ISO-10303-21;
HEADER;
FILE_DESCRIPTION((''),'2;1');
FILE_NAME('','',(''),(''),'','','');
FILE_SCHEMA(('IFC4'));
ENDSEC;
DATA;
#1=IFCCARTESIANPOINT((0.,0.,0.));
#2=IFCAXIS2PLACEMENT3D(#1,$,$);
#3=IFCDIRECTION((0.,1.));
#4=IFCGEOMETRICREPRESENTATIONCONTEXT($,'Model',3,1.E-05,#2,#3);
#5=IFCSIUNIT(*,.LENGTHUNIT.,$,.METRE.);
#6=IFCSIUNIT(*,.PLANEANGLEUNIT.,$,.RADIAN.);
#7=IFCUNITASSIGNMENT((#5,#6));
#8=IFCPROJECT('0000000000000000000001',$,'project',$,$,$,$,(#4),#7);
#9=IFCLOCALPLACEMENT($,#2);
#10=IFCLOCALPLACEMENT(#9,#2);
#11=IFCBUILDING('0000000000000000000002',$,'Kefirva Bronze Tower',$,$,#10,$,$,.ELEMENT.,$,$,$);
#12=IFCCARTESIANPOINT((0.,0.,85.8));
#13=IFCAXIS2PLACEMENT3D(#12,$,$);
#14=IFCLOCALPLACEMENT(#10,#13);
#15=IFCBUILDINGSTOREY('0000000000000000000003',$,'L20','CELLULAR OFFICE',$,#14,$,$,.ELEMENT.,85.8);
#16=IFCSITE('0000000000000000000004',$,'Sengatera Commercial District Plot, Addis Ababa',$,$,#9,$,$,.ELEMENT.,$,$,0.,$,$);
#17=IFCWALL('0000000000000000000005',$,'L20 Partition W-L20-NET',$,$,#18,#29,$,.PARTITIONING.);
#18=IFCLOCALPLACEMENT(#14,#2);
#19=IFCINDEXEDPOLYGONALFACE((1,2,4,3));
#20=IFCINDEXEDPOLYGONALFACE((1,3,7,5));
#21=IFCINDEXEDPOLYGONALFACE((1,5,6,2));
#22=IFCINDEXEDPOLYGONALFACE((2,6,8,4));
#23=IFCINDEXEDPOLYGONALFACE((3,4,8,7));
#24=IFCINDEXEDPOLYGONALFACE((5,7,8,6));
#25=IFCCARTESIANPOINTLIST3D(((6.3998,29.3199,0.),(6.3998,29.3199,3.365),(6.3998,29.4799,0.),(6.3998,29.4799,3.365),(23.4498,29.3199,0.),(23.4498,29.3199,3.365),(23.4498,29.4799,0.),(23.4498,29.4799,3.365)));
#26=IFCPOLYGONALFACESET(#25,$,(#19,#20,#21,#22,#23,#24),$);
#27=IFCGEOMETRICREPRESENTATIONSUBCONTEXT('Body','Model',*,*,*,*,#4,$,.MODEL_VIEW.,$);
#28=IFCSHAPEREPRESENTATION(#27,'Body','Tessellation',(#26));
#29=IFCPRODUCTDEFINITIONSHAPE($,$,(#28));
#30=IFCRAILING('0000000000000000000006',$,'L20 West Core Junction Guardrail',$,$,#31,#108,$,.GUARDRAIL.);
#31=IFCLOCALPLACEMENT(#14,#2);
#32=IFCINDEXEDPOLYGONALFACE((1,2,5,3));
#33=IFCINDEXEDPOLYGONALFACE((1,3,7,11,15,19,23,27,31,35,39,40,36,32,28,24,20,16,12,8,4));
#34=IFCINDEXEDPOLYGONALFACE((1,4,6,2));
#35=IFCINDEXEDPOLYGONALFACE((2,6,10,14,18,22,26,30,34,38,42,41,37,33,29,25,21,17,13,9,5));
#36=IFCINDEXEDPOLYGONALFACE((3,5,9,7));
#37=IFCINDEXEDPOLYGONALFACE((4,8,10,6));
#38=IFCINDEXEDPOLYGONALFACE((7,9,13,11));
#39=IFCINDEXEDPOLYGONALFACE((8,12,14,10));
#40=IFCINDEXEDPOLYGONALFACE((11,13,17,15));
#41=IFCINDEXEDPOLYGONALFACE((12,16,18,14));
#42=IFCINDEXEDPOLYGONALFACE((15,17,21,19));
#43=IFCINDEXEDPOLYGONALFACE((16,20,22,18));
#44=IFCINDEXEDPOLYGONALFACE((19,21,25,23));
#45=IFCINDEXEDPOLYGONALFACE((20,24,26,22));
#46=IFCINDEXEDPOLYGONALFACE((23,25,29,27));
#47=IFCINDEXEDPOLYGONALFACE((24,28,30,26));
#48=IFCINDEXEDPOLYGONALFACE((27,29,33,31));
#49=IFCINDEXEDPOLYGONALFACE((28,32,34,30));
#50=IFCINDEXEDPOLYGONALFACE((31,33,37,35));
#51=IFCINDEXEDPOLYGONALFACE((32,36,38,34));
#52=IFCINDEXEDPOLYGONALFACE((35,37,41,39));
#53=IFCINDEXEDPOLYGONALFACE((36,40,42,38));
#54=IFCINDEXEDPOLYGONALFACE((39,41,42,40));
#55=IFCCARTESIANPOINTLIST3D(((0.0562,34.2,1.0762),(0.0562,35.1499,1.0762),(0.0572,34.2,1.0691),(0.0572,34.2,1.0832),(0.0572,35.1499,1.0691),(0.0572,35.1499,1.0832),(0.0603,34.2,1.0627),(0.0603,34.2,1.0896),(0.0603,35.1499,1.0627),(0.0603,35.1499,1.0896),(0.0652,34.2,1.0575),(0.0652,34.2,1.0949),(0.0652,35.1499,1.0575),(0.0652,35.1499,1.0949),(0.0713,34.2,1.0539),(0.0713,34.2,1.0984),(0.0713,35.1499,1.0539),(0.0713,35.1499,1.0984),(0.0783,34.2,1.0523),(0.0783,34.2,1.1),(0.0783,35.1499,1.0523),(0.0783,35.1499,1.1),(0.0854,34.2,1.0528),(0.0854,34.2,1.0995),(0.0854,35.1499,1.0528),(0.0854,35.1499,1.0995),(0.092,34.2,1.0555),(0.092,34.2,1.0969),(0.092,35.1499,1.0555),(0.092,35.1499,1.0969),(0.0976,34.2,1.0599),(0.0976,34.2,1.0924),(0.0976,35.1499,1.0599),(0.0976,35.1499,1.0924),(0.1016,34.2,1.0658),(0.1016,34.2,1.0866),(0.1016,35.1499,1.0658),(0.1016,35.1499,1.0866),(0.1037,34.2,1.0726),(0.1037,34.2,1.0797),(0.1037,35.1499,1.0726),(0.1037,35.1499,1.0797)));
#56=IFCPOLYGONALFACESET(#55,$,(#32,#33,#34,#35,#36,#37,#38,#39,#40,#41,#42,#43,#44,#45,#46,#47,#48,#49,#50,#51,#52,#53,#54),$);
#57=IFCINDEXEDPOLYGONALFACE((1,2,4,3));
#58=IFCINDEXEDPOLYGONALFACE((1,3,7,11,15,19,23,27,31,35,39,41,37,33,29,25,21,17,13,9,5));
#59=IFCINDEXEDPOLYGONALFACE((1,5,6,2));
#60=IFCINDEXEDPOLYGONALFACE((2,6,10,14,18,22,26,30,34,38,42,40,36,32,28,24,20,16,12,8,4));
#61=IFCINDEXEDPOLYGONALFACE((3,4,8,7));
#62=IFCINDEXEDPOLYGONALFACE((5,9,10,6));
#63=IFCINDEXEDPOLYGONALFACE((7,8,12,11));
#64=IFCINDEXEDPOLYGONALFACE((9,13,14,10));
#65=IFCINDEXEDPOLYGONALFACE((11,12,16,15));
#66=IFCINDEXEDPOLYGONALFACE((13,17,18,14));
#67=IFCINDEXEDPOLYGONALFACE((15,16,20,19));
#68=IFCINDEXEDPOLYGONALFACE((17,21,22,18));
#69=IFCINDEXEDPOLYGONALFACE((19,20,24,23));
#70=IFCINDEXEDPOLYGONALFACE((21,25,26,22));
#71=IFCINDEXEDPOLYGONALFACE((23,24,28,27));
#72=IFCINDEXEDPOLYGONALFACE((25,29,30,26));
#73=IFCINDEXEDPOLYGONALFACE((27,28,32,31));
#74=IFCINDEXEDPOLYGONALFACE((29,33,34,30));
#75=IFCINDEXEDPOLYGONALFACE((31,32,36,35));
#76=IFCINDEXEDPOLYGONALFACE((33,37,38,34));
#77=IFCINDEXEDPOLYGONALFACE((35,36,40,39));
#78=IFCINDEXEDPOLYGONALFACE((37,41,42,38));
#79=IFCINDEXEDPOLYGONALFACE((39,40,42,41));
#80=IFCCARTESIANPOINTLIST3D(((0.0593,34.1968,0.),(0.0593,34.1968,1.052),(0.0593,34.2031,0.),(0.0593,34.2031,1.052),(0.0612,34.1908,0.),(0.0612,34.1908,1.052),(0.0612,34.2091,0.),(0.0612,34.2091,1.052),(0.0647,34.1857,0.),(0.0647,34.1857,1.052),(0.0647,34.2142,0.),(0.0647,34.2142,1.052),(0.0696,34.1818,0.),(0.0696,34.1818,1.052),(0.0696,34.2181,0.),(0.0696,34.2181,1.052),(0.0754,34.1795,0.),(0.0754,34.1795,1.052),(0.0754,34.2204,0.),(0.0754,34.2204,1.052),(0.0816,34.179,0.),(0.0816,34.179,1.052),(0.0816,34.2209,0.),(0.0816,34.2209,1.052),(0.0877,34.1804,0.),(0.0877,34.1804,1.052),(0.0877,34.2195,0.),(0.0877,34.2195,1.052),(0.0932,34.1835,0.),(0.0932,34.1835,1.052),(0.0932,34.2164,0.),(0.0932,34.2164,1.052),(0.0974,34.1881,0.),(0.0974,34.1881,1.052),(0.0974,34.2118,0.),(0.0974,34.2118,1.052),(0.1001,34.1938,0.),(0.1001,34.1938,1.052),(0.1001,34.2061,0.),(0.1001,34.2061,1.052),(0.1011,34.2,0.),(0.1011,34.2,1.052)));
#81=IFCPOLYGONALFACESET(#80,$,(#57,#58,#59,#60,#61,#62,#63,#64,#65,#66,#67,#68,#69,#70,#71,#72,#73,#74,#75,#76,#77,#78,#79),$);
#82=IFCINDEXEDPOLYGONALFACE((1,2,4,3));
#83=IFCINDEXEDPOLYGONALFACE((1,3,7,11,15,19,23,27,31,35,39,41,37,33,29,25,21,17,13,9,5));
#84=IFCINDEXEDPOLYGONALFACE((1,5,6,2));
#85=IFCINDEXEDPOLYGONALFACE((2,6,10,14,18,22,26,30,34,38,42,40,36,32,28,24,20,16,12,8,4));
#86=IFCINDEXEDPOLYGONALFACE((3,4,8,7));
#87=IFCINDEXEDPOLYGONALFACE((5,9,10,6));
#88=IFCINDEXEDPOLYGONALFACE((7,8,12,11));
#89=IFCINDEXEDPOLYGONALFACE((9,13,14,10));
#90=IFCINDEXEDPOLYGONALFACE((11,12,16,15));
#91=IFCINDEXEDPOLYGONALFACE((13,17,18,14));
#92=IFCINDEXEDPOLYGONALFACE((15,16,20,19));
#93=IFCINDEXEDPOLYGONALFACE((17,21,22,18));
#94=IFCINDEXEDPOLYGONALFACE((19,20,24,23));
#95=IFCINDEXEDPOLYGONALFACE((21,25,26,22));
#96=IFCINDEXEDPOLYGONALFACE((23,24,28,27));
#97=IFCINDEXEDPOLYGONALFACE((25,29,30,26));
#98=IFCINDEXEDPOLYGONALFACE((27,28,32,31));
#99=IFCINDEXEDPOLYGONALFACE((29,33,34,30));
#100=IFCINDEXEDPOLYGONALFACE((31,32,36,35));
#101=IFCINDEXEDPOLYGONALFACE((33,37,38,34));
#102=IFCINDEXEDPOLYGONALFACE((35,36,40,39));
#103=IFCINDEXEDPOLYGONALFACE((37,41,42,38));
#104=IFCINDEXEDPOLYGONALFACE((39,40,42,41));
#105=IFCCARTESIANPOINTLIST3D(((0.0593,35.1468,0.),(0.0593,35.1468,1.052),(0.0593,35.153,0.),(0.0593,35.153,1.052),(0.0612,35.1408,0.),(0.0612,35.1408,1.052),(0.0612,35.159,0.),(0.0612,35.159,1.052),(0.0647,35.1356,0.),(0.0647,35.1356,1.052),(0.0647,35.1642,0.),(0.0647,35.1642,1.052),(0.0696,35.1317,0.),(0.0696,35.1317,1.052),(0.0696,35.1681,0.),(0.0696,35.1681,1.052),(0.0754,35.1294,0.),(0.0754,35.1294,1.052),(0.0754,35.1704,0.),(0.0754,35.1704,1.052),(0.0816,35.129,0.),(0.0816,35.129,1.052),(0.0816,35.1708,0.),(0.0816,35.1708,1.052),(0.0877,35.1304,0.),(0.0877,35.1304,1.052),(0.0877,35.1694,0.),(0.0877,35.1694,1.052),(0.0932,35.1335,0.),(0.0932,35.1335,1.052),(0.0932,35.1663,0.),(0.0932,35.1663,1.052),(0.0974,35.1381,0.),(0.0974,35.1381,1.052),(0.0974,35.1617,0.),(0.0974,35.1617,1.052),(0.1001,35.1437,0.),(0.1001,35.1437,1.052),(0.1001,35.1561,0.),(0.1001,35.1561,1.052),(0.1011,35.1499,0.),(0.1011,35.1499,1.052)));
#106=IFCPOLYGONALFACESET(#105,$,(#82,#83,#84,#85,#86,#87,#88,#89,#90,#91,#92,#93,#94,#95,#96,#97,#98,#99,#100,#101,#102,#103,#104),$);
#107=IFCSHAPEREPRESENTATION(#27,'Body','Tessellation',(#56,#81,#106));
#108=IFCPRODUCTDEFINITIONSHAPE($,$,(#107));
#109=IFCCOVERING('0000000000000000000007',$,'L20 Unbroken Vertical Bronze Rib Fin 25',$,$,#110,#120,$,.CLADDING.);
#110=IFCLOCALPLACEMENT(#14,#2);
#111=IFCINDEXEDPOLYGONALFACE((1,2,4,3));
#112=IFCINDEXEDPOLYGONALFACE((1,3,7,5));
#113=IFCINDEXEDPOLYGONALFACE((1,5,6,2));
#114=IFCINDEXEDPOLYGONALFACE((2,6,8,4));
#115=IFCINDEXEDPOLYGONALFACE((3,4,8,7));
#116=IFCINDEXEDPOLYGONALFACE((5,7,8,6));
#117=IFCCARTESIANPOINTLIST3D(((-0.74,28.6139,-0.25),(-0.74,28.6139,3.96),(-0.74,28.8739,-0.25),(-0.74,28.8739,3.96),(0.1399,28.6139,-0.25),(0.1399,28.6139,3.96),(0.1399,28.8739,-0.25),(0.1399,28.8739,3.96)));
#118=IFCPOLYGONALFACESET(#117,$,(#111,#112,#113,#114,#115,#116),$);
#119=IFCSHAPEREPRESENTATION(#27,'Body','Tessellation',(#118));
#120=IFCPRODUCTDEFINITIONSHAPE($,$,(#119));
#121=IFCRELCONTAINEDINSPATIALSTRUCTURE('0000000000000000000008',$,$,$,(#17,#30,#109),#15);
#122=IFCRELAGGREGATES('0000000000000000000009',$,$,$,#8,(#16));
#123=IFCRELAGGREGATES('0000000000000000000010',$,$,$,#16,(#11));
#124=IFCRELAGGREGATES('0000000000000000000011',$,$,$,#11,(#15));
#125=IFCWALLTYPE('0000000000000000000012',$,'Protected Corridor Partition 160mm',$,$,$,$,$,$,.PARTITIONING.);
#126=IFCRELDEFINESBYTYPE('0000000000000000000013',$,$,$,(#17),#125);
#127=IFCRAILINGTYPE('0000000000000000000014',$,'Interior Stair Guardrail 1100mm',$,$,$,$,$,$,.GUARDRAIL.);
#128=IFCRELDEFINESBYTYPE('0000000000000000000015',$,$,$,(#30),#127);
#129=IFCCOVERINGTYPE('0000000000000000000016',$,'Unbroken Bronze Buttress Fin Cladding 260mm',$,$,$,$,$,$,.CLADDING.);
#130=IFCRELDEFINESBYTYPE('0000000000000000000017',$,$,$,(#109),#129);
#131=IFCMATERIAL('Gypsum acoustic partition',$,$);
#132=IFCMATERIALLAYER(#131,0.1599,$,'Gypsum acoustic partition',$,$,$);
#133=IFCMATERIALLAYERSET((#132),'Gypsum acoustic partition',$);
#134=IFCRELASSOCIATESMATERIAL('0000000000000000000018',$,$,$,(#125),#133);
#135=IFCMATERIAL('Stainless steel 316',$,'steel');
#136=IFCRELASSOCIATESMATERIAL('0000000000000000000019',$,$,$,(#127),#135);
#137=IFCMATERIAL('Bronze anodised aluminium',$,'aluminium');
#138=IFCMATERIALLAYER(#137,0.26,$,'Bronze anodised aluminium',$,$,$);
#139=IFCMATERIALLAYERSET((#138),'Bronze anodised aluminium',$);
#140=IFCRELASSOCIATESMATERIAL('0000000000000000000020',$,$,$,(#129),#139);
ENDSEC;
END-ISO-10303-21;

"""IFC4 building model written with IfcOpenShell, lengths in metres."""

from ifc_helpers import new_model, si_unit, direction, frame, frame_2d, origin, origin_2d, place, context, subcontext, project, spatial, rectangle, circle, extrude, material, layer, layer_set, type_object, element, save


model = new_model("IFC4")

# Units and contexts
model_context = context("Model", 3, precision=1e-05, world=origin(), true_north=direction((0.0, 1.0)))
body_context = subcontext(model_context, "Body", "Model", "MODEL_VIEW")
ifc_project = project(units=[si_unit("LENGTHUNIT", "METRE"), si_unit("PLANEANGLEUNIT", "RADIAN")], contexts=[model_context])

# Site, building, storey
site_placement = place(None, origin())
site = spatial("IfcSite", under=ifc_project, at=site_placement, Name="Sengatera Commercial District Plot, Addis Ababa", CompositionType="ELEMENT", RefElevation=0.0)
building_placement = place(site_placement, origin())
building = spatial("IfcBuilding", under=site, at=building_placement, Name="Kefirva Bronze Tower", CompositionType="ELEMENT")
storey_placement = place(building_placement, frame((0.0, 0.0, 85.8)))
storey = spatial("IfcBuildingStorey", under=building, at=storey_placement, Name="L20", Description="CELLULAR OFFICE", CompositionType="ELEMENT", Elevation=85.8)

# Shared definitions
ifc_material_1 = material(Name="Bronze anodised aluminium", Category="aluminium")

# Wall
ifc_material_2 = material(Name="Gypsum acoustic partition")
ifc_layer_1 = layer(ifc_material_2, 0.1599, Name="Gypsum acoustic partition")
ifc_layer_set_1 = layer_set([ifc_layer_1], Name="Gypsum acoustic partition")
wall_type_1 = type_object("IfcWallType", Name="Protected Corridor Partition 160mm", PredefinedType="PARTITIONING", material=ifc_layer_set_1)
wall_1_placement = place(storey_placement, frame((6.3999, 29.3999, 0.0), z_axis=(0.0, 0.0, 1.0), x_axis=(1.0, 0.0, 0.0)))
element("IfcWall", 1, at=wall_1_placement, inside=storey, type_object=wall_type_1, Name="L20 Partition W-L20-NET", PredefinedType="PARTITIONING", context=body_context, shape_type="SweptSolid", body=[
    extrude(rectangle(XDim=17.05, YDim=0.1599, at=frame_2d((8.5249, 0.0))), origin(), (0.0, 0.0, 1.0), 3.365),
])

# Railing
ifc_material_3 = material(Name="Stainless steel 316", Category="steel")
railing_type = type_object("IfcRailingType", Name="Interior Stair Guardrail 1100mm", PredefinedType="GUARDRAIL", material=ifc_material_3)
railing_placement = place(storey_placement, frame((0.0801, 34.2, 0.0)))
element("IfcRailing", 2, at=railing_placement, inside=storey, type_object=railing_type, Name="L20 West Core Junction Guardrail", PredefinedType="GUARDRAIL", context=body_context, shape_type="SweptSolid", body=[
    extrude(circle(Radius=0.0239, at=origin_2d()), frame((0.0, 0.0, 1.0762), z_axis=(0.0, 1.0, 0.0), x_axis=(-1.0, 0.0, 0.0)), (0.0, 0.0, 1.0), 0.95),
    extrude(circle(Radius=0.021, at=origin_2d()), origin(), (0.0, 0.0, 1.0), 1.052),
    extrude(circle(Radius=0.021, at=origin_2d()), frame((0.0, 0.95, 0.0)), (0.0, 0.0, 1.0), 1.052),
])

# Covering
ifc_layer_2 = layer(ifc_material_1, 0.26, Name="Bronze anodised aluminium")
ifc_layer_set_2 = layer_set([ifc_layer_2], Name="Bronze anodised aluminium")
covering_type = type_object("IfcCoveringType", Name="Unbroken Bronze Buttress Fin Cladding 260mm", PredefinedType="CLADDING", material=ifc_layer_set_2)
covering_placement = place(storey_placement, frame((-0.3, 28.7439, -0.25), z_axis=(0.0, 0.0, 1.0), x_axis=(0.0, -1.0, 0.0)))
element("IfcCovering", 3, at=covering_placement, inside=storey, type_object=covering_type, Name="L20 Unbroken Vertical Bronze Rib Fin 25", PredefinedType="CLADDING", context=body_context, shape_type="SweptSolid", body=[
    extrude(rectangle(XDim=0.26, YDim=0.8799, at=origin_2d()), origin(), (0.0, 0.0, 1.0), 4.21),
])

save(model, "model.ifc")
